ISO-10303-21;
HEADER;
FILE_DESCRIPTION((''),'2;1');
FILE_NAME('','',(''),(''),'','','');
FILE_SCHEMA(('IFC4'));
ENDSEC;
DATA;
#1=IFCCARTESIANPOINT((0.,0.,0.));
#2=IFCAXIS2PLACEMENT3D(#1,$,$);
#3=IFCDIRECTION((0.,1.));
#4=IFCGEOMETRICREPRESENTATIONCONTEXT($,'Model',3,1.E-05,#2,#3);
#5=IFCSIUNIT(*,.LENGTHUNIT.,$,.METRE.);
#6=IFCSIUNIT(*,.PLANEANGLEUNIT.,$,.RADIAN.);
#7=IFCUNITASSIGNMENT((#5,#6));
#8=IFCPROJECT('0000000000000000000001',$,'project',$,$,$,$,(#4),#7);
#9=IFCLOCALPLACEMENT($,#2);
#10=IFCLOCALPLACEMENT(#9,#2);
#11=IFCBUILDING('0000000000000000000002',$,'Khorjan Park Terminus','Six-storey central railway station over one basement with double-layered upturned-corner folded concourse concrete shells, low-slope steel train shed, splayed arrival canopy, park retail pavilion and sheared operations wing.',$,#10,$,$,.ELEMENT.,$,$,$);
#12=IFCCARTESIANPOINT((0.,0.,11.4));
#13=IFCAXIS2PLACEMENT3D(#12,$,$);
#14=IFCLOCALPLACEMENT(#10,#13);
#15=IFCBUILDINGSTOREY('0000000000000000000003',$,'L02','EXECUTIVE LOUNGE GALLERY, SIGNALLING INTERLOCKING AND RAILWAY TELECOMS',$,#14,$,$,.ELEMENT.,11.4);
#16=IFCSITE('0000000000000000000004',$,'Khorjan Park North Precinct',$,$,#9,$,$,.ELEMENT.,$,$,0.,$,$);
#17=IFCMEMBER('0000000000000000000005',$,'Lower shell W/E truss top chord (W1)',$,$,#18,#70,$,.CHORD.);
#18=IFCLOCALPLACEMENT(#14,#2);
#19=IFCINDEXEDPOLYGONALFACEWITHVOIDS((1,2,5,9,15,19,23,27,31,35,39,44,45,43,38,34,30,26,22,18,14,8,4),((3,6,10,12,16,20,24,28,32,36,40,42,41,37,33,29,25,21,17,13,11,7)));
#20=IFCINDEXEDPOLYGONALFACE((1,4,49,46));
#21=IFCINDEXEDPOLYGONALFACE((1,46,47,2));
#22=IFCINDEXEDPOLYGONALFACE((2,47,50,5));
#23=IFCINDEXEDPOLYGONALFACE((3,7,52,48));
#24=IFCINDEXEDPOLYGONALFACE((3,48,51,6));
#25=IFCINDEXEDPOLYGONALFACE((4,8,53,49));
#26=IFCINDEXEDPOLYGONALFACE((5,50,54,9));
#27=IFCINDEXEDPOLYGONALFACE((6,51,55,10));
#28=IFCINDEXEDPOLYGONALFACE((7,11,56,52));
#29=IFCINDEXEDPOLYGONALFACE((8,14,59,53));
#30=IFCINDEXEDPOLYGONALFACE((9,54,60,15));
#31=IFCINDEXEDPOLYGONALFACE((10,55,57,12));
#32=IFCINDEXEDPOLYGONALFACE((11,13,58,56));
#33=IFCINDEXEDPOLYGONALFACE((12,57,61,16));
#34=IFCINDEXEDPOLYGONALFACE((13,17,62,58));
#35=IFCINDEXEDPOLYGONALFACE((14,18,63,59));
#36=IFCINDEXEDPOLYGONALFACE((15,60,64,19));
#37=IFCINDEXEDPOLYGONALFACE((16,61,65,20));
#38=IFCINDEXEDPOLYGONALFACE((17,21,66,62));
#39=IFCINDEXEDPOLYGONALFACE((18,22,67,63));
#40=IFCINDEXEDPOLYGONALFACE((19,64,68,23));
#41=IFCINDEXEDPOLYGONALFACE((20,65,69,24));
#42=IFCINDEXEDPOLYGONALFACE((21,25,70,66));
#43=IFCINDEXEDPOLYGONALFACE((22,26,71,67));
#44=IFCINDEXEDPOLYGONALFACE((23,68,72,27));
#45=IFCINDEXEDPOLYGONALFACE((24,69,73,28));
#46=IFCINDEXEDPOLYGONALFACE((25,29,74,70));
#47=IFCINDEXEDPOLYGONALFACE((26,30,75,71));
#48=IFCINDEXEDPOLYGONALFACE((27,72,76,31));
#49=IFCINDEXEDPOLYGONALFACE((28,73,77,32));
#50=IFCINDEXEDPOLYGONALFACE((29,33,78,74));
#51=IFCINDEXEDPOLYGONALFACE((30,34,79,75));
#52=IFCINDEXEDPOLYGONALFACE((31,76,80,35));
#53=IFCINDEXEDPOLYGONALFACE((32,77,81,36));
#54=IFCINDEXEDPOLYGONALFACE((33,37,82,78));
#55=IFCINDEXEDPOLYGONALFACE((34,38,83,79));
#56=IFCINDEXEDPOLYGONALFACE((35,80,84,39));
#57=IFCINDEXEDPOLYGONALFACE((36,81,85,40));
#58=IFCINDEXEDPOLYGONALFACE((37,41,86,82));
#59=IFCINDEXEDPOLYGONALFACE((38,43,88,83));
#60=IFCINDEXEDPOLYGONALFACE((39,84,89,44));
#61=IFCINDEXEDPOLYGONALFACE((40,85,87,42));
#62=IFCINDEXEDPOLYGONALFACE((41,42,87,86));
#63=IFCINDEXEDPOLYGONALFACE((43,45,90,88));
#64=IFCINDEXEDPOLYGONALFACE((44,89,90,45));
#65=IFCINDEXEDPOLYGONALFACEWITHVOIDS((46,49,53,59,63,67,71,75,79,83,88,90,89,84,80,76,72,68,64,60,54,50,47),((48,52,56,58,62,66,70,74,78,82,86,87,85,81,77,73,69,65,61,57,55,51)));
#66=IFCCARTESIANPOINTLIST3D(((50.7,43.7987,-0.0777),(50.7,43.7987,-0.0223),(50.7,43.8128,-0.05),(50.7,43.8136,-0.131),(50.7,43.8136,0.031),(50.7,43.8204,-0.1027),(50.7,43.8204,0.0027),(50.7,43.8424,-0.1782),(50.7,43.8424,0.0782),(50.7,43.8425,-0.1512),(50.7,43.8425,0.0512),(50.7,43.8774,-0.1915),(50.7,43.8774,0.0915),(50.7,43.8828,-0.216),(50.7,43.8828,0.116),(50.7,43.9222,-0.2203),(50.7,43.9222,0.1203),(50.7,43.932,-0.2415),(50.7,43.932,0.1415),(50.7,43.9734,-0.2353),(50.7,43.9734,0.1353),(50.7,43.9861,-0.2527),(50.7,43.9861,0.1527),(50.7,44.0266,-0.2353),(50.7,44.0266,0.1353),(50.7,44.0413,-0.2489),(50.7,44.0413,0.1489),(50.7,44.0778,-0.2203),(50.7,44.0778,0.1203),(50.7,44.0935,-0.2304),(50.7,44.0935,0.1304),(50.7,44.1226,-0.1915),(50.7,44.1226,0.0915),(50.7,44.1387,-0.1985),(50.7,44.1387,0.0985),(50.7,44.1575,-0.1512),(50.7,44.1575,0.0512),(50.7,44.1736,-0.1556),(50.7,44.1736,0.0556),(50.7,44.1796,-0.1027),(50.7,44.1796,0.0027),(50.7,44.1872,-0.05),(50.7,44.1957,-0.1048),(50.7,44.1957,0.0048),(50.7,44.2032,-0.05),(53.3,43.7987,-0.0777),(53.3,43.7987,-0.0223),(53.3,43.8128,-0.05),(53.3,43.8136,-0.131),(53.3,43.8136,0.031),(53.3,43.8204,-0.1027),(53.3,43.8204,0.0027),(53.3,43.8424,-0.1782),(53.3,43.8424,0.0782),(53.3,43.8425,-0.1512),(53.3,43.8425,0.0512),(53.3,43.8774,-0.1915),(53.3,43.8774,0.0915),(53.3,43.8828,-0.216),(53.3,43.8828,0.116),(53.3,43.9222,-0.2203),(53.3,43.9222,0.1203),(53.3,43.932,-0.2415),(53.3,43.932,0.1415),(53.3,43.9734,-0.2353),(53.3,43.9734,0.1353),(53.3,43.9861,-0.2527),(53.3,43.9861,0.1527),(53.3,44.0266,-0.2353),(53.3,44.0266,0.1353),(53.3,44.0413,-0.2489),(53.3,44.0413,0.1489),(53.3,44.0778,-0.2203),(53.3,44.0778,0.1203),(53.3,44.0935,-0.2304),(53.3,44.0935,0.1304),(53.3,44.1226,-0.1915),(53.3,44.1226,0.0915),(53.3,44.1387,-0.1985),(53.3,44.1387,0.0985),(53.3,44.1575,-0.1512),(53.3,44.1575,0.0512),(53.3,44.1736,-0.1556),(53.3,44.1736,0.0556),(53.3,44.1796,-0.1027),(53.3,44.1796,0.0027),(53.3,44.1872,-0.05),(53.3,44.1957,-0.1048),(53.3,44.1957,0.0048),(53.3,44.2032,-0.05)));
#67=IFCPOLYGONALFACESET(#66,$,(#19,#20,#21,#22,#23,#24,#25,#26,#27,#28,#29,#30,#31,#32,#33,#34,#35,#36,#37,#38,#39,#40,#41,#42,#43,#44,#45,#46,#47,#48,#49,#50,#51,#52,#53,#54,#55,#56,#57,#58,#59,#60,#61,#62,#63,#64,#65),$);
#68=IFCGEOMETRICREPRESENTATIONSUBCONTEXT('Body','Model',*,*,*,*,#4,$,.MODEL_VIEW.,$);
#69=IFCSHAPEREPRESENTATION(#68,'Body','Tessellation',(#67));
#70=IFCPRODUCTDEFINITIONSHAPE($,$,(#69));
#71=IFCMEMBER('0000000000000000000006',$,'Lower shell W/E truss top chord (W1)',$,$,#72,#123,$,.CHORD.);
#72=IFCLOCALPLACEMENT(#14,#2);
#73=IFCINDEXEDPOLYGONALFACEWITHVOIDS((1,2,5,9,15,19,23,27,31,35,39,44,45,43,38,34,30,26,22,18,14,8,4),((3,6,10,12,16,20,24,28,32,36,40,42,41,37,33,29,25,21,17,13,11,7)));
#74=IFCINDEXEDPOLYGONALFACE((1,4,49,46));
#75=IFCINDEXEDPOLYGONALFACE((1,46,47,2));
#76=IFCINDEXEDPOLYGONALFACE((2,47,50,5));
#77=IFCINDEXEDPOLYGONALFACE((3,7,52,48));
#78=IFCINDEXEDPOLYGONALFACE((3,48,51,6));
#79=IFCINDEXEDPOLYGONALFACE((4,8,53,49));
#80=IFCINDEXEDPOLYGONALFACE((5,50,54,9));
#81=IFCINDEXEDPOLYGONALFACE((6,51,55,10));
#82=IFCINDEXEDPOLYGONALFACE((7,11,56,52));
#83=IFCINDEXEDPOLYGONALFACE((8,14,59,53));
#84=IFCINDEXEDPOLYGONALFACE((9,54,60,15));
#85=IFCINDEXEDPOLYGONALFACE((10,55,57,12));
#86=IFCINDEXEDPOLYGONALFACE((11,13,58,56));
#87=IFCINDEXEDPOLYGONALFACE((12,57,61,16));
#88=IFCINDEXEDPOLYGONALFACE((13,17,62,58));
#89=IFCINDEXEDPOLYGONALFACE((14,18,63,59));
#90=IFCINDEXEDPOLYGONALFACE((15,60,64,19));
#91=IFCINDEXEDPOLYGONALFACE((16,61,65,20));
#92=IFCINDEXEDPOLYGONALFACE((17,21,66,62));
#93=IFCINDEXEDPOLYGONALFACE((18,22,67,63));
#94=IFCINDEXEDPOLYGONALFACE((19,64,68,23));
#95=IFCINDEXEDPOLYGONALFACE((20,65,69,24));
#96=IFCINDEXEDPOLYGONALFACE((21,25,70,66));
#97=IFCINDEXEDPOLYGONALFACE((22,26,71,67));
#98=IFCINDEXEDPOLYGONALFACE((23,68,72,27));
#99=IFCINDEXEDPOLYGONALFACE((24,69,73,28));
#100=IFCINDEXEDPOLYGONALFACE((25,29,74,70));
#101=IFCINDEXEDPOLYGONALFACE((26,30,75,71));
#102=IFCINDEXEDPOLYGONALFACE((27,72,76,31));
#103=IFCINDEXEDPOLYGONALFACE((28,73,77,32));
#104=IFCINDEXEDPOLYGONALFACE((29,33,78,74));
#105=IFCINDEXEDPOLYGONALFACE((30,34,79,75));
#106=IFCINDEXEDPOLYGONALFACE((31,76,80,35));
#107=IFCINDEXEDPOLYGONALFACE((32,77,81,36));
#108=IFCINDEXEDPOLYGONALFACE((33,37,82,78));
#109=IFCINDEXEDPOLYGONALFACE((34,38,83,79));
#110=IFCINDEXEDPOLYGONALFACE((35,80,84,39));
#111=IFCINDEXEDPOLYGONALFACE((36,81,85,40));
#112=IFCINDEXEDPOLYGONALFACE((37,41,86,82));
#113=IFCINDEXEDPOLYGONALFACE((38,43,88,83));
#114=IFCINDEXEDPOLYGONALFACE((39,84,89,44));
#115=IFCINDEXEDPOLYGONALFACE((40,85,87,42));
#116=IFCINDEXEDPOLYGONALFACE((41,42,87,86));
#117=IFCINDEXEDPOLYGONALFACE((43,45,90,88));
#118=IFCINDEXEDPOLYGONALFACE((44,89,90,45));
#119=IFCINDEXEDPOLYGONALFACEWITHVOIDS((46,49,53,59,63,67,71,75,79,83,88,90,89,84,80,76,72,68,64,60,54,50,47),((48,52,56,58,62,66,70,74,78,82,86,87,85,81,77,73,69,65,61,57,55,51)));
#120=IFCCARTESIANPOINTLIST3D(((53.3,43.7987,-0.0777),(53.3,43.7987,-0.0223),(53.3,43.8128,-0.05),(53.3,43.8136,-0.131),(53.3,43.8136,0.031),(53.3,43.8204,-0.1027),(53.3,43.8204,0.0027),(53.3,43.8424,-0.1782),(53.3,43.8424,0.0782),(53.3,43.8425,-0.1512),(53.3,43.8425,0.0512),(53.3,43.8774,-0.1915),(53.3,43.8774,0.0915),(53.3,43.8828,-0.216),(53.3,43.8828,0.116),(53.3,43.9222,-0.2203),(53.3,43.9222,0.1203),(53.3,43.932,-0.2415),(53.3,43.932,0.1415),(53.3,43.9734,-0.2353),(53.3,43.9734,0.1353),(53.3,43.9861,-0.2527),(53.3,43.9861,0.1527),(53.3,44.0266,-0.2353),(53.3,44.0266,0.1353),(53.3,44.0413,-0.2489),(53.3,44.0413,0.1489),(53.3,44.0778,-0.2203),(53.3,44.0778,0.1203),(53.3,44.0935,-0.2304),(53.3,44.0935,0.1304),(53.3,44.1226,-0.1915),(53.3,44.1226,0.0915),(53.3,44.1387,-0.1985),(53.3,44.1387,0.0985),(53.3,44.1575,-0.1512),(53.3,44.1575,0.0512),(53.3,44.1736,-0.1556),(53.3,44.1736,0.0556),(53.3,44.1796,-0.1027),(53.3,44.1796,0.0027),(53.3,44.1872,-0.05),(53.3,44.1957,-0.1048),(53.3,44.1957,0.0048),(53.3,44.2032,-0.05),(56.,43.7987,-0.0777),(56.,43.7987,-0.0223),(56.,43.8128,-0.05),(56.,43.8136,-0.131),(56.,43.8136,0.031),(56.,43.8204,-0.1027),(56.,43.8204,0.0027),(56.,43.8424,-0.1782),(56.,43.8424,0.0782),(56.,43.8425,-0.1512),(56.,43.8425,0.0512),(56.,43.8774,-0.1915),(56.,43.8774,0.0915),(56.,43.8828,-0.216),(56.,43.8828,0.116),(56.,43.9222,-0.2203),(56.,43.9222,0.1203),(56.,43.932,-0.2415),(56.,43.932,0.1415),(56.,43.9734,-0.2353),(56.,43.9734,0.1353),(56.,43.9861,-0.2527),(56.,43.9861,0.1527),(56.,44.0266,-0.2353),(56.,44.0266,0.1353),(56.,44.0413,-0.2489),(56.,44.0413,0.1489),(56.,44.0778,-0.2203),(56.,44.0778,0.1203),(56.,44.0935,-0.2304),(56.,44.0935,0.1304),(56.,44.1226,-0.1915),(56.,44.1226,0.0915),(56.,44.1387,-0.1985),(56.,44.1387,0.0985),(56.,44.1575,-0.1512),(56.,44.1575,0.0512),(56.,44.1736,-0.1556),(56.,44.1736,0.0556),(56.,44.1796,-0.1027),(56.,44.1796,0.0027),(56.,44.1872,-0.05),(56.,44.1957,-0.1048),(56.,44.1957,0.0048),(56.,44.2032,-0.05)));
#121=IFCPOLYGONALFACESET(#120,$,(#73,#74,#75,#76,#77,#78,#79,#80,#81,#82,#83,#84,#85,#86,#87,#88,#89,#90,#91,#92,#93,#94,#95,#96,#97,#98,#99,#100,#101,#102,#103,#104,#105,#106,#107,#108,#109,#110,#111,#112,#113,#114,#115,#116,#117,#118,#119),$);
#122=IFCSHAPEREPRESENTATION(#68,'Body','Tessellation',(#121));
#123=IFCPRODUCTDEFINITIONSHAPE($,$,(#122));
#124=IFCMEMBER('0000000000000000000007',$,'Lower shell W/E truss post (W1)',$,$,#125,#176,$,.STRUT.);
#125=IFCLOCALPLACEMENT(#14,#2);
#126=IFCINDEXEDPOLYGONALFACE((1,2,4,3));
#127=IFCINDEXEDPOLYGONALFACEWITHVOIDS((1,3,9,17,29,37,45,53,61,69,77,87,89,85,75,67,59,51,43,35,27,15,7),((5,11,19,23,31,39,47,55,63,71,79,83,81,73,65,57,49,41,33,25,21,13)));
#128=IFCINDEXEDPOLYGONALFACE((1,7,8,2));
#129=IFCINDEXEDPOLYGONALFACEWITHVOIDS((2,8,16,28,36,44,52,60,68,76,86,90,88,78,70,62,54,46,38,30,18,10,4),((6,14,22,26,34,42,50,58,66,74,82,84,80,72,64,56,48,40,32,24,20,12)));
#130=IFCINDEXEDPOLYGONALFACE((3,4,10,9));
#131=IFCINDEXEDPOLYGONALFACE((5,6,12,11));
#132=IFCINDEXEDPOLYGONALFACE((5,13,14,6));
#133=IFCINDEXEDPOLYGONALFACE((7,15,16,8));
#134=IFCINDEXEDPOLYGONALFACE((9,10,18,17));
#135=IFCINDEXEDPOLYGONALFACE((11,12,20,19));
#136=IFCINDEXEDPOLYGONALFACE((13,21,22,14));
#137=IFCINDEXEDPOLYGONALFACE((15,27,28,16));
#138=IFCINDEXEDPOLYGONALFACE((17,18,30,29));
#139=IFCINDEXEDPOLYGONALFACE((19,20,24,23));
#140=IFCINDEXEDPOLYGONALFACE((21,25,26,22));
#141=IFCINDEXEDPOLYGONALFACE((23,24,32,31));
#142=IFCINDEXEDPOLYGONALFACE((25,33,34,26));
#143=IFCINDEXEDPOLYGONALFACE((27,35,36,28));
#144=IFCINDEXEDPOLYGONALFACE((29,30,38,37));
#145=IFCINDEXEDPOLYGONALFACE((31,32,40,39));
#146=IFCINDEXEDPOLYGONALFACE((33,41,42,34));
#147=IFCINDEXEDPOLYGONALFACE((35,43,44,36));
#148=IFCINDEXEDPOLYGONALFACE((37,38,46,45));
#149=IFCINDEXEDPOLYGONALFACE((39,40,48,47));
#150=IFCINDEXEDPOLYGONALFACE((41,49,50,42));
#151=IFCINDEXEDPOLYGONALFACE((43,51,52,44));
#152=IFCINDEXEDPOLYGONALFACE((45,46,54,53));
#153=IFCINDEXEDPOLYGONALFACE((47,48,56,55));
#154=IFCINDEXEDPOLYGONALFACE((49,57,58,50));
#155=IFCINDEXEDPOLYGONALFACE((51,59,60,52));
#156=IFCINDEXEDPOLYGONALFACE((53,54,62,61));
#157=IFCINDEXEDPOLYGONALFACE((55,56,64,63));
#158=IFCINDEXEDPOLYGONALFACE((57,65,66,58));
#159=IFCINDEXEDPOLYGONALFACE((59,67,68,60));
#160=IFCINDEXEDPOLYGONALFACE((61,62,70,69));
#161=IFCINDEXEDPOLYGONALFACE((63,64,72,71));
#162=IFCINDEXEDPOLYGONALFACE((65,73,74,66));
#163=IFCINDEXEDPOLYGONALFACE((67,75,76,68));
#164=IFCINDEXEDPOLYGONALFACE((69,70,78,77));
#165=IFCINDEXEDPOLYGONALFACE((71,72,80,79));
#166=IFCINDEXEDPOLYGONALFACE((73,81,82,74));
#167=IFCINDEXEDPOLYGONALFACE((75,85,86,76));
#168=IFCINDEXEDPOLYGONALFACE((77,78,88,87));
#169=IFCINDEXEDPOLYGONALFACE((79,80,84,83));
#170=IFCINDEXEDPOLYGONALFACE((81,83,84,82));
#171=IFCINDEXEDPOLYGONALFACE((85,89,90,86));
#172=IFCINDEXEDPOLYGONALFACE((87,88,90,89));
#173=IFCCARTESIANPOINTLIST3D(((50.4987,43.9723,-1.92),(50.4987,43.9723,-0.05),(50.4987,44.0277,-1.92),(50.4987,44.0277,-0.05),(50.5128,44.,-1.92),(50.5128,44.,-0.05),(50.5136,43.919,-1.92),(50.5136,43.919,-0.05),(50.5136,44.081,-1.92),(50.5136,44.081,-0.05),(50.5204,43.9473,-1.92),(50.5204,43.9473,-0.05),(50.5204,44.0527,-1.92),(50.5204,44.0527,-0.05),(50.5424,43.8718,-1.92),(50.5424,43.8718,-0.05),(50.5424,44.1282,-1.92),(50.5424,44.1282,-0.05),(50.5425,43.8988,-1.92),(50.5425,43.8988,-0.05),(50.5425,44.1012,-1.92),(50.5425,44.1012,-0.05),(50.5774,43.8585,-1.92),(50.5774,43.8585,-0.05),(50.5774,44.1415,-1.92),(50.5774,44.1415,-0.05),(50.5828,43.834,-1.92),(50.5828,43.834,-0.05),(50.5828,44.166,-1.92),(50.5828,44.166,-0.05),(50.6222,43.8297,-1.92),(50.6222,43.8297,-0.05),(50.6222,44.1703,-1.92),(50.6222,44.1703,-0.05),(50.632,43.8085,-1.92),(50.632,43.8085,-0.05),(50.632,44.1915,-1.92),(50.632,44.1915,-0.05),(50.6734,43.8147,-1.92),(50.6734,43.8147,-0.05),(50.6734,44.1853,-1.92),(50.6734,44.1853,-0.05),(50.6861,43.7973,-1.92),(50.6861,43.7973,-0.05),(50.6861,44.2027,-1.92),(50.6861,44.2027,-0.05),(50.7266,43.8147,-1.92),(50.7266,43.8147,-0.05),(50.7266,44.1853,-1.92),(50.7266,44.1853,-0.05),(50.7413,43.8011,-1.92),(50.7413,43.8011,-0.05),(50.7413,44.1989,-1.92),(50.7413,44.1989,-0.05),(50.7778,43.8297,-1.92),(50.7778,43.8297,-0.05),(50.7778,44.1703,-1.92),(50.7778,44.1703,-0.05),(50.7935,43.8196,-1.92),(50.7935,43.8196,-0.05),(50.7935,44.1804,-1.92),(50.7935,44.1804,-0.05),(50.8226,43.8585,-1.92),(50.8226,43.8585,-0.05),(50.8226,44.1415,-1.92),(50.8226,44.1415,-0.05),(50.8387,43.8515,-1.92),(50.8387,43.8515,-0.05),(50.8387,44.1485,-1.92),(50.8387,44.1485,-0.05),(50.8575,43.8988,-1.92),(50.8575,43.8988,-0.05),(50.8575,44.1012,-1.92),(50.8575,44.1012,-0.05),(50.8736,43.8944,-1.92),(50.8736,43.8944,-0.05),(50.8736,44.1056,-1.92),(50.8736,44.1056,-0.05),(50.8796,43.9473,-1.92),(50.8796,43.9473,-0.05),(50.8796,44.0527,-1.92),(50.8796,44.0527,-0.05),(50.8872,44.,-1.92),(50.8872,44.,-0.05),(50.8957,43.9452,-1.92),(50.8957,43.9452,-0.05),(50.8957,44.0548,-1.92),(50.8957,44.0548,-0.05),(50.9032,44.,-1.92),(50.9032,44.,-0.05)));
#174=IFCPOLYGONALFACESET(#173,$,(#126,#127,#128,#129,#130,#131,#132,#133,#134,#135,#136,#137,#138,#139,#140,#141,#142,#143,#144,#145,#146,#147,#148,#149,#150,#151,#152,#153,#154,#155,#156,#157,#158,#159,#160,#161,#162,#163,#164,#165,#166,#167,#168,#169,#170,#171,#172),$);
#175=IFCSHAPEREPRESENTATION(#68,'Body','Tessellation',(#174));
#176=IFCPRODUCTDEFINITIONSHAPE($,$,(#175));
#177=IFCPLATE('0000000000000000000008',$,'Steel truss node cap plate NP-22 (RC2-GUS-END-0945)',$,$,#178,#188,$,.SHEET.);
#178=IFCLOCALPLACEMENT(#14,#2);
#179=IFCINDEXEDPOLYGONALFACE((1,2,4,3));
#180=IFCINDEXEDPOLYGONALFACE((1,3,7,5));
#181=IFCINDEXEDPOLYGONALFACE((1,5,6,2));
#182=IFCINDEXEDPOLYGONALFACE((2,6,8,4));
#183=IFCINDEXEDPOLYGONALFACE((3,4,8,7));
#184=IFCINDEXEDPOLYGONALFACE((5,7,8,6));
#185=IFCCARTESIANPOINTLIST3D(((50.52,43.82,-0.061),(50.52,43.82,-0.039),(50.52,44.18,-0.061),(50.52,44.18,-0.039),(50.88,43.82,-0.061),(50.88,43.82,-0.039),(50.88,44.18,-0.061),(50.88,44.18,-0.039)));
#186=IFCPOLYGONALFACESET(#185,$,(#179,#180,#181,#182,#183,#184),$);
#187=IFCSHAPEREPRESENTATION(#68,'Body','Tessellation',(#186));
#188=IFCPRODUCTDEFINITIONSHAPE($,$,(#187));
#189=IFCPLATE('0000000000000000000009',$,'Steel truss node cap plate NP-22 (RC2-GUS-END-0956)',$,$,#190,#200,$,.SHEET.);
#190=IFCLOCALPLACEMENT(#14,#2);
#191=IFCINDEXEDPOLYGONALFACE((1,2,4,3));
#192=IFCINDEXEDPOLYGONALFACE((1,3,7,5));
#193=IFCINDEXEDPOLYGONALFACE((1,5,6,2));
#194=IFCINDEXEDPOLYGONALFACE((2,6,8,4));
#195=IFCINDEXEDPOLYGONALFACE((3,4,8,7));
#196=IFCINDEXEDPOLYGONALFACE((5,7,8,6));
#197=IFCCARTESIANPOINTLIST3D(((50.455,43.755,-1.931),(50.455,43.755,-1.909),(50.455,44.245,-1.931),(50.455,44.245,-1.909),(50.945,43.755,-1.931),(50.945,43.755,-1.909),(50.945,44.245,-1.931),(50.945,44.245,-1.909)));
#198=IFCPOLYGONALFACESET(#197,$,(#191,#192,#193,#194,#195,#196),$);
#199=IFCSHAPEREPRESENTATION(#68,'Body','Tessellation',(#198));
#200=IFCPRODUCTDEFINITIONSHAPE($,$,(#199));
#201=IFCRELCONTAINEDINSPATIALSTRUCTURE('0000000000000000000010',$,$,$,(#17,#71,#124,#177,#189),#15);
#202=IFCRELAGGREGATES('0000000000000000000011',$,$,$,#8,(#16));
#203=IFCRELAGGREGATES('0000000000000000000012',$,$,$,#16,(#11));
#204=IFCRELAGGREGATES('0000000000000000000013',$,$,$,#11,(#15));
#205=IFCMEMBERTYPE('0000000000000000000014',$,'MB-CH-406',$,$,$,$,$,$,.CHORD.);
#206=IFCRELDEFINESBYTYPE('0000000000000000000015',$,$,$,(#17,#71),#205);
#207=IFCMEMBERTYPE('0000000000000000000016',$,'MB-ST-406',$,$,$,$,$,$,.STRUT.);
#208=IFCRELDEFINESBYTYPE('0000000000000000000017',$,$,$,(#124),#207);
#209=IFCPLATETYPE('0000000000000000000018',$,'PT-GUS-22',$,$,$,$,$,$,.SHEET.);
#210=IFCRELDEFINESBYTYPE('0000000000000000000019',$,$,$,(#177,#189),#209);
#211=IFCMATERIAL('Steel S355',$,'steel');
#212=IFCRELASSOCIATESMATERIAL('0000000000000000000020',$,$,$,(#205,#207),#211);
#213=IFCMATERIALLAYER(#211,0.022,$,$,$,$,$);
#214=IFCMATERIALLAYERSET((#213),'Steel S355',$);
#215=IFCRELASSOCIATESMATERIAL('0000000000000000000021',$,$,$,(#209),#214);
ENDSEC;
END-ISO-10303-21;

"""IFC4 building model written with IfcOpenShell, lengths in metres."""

from ifc_helpers import new_model, si_unit, direction, frame, origin, origin_2d, place, context, subcontext, project, spatial, rectangle, hollow_circle, extrude, material, layer, layer_set, material_profile, profile_set, type_object, element, save


model = new_model("IFC4")

# Units and contexts
model_context = context("Model", 3, precision=1e-05, world=origin(), true_north=direction((0.0, 1.0)))
body_context = subcontext(model_context, "Body", "Model", "MODEL_VIEW")
ifc_project = project(units=[si_unit("LENGTHUNIT", "METRE"), si_unit("PLANEANGLEUNIT", "RADIAN")], contexts=[model_context])

# Site, building, storey
site_placement = place(None, origin())
site = spatial("IfcSite", under=ifc_project, at=site_placement, Name="Khorjan Park North Precinct", CompositionType="ELEMENT", RefElevation=0.0)
building_placement = place(site_placement, origin())
building = spatial("IfcBuilding", under=site, at=building_placement, Name="Khorjan Park Terminus", Description="Six-storey central railway station over one basement with double-layered upturned-corner folded concourse concrete shells, low-slope steel train shed, splayed arrival canopy, park retail pavilion and sheared operations wing.", CompositionType="ELEMENT")
storey_placement = place(building_placement, frame((0.0, 0.0, 11.4)))
storey = spatial("IfcBuildingStorey", under=building, at=storey_placement, Name="L02", Description="EXECUTIVE LOUNGE GALLERY, SIGNALLING INTERLOCKING AND RAILWAY TELECOMS", CompositionType="ELEMENT", Elevation=11.4)

# Members
ifc_material_1 = material(Name="Steel S355", Category="steel")
ifc_material_profile_1 = material_profile(ifc_material_1, hollow_circle(Radius=0.2032, WallThickness=0.016, at=origin_2d()), Name="CHS 406.4x16")
ifc_profile_set_1 = profile_set([ifc_material_profile_1], Name="Steel S355")
member_type_1 = type_object("IfcMemberType", Name="MB-CH-406", PredefinedType="CHORD", material=ifc_profile_set_1)
member_1_placement = place(storey_placement, frame((50.7, 44.0, -0.05), z_axis=(1.0, 0.0, 0.0), x_axis=(0.0, 1.0, 0.0)))
element("IfcMember", 1, at=member_1_placement, inside=storey, type_object=member_type_1, Name="Lower shell W/E truss top chord (W1)", PredefinedType="CHORD", context=body_context, shape_type="SweptSolid", body=[
    extrude(hollow_circle(Radius=0.2032, WallThickness=0.016, at=origin_2d()), origin(), (0.0, 0.0, 1.0), 2.6),
])
member_2_placement = place(storey_placement, frame((53.3, 44.0, -0.05), z_axis=(1.0, 0.0, 0.0), x_axis=(0.0, 1.0, 0.0)))
element("IfcMember", 2, at=member_2_placement, inside=storey, type_object=member_type_1, Name="Lower shell W/E truss top chord (W1)", PredefinedType="CHORD", context=body_context, shape_type="SweptSolid", body=[
    extrude(hollow_circle(Radius=0.2032, WallThickness=0.016, at=origin_2d()), origin(), (0.0, 0.0, 1.0), 2.7),
])
ifc_material_profile_2 = material_profile(ifc_material_1, hollow_circle(Radius=0.2032, WallThickness=0.016, at=origin_2d()), Name="CHS 406.4x16")
ifc_profile_set_2 = profile_set([ifc_material_profile_2], Name="Steel S355")
member_type_2 = type_object("IfcMemberType", Name="MB-ST-406", PredefinedType="STRUT", material=ifc_profile_set_2)
member_3_placement = place(storey_placement, frame((50.7, 44.0, -1.92), z_axis=(0.0, 0.0, 1.0), x_axis=(1.0, 0.0, 0.0)))
element("IfcMember", 3, at=member_3_placement, inside=storey, type_object=member_type_2, Name="Lower shell W/E truss post (W1)", PredefinedType="STRUT", context=body_context, shape_type="SweptSolid", body=[
    extrude(hollow_circle(Radius=0.2032, WallThickness=0.016, at=origin_2d()), origin(), (0.0, 0.0, 1.0), 1.87),
])

# Plates
ifc_layer_1 = layer(ifc_material_1, 0.022)
ifc_layer_set_1 = layer_set([ifc_layer_1], Name="Steel S355")
plate_type = type_object("IfcPlateType", Name="PT-GUS-22", PredefinedType="SHEET", material=ifc_layer_set_1)
plate_1_placement = place(storey_placement, frame((50.7, 44.0, -0.061), z_axis=(0.0, 0.0, 1.0), x_axis=(1.0, 0.0, 0.0)))
element("IfcPlate", 4, at=plate_1_placement, inside=storey, type_object=plate_type, Name="Steel truss node cap plate NP-22 (RC2-GUS-END-0945)", PredefinedType="SHEET", context=body_context, shape_type="SweptSolid", body=[
    extrude(rectangle(XDim=0.36, YDim=0.36, at=origin_2d()), origin(), (0.0, 0.0, 1.0), 0.022),
])
plate_2_placement = place(storey_placement, frame((50.7, 44.0, -1.931), z_axis=(0.0, 0.0, 1.0), x_axis=(1.0, 0.0, 0.0)))
element("IfcPlate", 5, at=plate_2_placement, inside=storey, type_object=plate_type, Name="Steel truss node cap plate NP-22 (RC2-GUS-END-0956)", PredefinedType="SHEET", context=body_context, shape_type="SweptSolid", body=[
    extrude(rectangle(XDim=0.49, YDim=0.49, at=origin_2d()), origin(), (0.0, 0.0, 1.0), 0.022),
])

save(model, "model.ifc")
